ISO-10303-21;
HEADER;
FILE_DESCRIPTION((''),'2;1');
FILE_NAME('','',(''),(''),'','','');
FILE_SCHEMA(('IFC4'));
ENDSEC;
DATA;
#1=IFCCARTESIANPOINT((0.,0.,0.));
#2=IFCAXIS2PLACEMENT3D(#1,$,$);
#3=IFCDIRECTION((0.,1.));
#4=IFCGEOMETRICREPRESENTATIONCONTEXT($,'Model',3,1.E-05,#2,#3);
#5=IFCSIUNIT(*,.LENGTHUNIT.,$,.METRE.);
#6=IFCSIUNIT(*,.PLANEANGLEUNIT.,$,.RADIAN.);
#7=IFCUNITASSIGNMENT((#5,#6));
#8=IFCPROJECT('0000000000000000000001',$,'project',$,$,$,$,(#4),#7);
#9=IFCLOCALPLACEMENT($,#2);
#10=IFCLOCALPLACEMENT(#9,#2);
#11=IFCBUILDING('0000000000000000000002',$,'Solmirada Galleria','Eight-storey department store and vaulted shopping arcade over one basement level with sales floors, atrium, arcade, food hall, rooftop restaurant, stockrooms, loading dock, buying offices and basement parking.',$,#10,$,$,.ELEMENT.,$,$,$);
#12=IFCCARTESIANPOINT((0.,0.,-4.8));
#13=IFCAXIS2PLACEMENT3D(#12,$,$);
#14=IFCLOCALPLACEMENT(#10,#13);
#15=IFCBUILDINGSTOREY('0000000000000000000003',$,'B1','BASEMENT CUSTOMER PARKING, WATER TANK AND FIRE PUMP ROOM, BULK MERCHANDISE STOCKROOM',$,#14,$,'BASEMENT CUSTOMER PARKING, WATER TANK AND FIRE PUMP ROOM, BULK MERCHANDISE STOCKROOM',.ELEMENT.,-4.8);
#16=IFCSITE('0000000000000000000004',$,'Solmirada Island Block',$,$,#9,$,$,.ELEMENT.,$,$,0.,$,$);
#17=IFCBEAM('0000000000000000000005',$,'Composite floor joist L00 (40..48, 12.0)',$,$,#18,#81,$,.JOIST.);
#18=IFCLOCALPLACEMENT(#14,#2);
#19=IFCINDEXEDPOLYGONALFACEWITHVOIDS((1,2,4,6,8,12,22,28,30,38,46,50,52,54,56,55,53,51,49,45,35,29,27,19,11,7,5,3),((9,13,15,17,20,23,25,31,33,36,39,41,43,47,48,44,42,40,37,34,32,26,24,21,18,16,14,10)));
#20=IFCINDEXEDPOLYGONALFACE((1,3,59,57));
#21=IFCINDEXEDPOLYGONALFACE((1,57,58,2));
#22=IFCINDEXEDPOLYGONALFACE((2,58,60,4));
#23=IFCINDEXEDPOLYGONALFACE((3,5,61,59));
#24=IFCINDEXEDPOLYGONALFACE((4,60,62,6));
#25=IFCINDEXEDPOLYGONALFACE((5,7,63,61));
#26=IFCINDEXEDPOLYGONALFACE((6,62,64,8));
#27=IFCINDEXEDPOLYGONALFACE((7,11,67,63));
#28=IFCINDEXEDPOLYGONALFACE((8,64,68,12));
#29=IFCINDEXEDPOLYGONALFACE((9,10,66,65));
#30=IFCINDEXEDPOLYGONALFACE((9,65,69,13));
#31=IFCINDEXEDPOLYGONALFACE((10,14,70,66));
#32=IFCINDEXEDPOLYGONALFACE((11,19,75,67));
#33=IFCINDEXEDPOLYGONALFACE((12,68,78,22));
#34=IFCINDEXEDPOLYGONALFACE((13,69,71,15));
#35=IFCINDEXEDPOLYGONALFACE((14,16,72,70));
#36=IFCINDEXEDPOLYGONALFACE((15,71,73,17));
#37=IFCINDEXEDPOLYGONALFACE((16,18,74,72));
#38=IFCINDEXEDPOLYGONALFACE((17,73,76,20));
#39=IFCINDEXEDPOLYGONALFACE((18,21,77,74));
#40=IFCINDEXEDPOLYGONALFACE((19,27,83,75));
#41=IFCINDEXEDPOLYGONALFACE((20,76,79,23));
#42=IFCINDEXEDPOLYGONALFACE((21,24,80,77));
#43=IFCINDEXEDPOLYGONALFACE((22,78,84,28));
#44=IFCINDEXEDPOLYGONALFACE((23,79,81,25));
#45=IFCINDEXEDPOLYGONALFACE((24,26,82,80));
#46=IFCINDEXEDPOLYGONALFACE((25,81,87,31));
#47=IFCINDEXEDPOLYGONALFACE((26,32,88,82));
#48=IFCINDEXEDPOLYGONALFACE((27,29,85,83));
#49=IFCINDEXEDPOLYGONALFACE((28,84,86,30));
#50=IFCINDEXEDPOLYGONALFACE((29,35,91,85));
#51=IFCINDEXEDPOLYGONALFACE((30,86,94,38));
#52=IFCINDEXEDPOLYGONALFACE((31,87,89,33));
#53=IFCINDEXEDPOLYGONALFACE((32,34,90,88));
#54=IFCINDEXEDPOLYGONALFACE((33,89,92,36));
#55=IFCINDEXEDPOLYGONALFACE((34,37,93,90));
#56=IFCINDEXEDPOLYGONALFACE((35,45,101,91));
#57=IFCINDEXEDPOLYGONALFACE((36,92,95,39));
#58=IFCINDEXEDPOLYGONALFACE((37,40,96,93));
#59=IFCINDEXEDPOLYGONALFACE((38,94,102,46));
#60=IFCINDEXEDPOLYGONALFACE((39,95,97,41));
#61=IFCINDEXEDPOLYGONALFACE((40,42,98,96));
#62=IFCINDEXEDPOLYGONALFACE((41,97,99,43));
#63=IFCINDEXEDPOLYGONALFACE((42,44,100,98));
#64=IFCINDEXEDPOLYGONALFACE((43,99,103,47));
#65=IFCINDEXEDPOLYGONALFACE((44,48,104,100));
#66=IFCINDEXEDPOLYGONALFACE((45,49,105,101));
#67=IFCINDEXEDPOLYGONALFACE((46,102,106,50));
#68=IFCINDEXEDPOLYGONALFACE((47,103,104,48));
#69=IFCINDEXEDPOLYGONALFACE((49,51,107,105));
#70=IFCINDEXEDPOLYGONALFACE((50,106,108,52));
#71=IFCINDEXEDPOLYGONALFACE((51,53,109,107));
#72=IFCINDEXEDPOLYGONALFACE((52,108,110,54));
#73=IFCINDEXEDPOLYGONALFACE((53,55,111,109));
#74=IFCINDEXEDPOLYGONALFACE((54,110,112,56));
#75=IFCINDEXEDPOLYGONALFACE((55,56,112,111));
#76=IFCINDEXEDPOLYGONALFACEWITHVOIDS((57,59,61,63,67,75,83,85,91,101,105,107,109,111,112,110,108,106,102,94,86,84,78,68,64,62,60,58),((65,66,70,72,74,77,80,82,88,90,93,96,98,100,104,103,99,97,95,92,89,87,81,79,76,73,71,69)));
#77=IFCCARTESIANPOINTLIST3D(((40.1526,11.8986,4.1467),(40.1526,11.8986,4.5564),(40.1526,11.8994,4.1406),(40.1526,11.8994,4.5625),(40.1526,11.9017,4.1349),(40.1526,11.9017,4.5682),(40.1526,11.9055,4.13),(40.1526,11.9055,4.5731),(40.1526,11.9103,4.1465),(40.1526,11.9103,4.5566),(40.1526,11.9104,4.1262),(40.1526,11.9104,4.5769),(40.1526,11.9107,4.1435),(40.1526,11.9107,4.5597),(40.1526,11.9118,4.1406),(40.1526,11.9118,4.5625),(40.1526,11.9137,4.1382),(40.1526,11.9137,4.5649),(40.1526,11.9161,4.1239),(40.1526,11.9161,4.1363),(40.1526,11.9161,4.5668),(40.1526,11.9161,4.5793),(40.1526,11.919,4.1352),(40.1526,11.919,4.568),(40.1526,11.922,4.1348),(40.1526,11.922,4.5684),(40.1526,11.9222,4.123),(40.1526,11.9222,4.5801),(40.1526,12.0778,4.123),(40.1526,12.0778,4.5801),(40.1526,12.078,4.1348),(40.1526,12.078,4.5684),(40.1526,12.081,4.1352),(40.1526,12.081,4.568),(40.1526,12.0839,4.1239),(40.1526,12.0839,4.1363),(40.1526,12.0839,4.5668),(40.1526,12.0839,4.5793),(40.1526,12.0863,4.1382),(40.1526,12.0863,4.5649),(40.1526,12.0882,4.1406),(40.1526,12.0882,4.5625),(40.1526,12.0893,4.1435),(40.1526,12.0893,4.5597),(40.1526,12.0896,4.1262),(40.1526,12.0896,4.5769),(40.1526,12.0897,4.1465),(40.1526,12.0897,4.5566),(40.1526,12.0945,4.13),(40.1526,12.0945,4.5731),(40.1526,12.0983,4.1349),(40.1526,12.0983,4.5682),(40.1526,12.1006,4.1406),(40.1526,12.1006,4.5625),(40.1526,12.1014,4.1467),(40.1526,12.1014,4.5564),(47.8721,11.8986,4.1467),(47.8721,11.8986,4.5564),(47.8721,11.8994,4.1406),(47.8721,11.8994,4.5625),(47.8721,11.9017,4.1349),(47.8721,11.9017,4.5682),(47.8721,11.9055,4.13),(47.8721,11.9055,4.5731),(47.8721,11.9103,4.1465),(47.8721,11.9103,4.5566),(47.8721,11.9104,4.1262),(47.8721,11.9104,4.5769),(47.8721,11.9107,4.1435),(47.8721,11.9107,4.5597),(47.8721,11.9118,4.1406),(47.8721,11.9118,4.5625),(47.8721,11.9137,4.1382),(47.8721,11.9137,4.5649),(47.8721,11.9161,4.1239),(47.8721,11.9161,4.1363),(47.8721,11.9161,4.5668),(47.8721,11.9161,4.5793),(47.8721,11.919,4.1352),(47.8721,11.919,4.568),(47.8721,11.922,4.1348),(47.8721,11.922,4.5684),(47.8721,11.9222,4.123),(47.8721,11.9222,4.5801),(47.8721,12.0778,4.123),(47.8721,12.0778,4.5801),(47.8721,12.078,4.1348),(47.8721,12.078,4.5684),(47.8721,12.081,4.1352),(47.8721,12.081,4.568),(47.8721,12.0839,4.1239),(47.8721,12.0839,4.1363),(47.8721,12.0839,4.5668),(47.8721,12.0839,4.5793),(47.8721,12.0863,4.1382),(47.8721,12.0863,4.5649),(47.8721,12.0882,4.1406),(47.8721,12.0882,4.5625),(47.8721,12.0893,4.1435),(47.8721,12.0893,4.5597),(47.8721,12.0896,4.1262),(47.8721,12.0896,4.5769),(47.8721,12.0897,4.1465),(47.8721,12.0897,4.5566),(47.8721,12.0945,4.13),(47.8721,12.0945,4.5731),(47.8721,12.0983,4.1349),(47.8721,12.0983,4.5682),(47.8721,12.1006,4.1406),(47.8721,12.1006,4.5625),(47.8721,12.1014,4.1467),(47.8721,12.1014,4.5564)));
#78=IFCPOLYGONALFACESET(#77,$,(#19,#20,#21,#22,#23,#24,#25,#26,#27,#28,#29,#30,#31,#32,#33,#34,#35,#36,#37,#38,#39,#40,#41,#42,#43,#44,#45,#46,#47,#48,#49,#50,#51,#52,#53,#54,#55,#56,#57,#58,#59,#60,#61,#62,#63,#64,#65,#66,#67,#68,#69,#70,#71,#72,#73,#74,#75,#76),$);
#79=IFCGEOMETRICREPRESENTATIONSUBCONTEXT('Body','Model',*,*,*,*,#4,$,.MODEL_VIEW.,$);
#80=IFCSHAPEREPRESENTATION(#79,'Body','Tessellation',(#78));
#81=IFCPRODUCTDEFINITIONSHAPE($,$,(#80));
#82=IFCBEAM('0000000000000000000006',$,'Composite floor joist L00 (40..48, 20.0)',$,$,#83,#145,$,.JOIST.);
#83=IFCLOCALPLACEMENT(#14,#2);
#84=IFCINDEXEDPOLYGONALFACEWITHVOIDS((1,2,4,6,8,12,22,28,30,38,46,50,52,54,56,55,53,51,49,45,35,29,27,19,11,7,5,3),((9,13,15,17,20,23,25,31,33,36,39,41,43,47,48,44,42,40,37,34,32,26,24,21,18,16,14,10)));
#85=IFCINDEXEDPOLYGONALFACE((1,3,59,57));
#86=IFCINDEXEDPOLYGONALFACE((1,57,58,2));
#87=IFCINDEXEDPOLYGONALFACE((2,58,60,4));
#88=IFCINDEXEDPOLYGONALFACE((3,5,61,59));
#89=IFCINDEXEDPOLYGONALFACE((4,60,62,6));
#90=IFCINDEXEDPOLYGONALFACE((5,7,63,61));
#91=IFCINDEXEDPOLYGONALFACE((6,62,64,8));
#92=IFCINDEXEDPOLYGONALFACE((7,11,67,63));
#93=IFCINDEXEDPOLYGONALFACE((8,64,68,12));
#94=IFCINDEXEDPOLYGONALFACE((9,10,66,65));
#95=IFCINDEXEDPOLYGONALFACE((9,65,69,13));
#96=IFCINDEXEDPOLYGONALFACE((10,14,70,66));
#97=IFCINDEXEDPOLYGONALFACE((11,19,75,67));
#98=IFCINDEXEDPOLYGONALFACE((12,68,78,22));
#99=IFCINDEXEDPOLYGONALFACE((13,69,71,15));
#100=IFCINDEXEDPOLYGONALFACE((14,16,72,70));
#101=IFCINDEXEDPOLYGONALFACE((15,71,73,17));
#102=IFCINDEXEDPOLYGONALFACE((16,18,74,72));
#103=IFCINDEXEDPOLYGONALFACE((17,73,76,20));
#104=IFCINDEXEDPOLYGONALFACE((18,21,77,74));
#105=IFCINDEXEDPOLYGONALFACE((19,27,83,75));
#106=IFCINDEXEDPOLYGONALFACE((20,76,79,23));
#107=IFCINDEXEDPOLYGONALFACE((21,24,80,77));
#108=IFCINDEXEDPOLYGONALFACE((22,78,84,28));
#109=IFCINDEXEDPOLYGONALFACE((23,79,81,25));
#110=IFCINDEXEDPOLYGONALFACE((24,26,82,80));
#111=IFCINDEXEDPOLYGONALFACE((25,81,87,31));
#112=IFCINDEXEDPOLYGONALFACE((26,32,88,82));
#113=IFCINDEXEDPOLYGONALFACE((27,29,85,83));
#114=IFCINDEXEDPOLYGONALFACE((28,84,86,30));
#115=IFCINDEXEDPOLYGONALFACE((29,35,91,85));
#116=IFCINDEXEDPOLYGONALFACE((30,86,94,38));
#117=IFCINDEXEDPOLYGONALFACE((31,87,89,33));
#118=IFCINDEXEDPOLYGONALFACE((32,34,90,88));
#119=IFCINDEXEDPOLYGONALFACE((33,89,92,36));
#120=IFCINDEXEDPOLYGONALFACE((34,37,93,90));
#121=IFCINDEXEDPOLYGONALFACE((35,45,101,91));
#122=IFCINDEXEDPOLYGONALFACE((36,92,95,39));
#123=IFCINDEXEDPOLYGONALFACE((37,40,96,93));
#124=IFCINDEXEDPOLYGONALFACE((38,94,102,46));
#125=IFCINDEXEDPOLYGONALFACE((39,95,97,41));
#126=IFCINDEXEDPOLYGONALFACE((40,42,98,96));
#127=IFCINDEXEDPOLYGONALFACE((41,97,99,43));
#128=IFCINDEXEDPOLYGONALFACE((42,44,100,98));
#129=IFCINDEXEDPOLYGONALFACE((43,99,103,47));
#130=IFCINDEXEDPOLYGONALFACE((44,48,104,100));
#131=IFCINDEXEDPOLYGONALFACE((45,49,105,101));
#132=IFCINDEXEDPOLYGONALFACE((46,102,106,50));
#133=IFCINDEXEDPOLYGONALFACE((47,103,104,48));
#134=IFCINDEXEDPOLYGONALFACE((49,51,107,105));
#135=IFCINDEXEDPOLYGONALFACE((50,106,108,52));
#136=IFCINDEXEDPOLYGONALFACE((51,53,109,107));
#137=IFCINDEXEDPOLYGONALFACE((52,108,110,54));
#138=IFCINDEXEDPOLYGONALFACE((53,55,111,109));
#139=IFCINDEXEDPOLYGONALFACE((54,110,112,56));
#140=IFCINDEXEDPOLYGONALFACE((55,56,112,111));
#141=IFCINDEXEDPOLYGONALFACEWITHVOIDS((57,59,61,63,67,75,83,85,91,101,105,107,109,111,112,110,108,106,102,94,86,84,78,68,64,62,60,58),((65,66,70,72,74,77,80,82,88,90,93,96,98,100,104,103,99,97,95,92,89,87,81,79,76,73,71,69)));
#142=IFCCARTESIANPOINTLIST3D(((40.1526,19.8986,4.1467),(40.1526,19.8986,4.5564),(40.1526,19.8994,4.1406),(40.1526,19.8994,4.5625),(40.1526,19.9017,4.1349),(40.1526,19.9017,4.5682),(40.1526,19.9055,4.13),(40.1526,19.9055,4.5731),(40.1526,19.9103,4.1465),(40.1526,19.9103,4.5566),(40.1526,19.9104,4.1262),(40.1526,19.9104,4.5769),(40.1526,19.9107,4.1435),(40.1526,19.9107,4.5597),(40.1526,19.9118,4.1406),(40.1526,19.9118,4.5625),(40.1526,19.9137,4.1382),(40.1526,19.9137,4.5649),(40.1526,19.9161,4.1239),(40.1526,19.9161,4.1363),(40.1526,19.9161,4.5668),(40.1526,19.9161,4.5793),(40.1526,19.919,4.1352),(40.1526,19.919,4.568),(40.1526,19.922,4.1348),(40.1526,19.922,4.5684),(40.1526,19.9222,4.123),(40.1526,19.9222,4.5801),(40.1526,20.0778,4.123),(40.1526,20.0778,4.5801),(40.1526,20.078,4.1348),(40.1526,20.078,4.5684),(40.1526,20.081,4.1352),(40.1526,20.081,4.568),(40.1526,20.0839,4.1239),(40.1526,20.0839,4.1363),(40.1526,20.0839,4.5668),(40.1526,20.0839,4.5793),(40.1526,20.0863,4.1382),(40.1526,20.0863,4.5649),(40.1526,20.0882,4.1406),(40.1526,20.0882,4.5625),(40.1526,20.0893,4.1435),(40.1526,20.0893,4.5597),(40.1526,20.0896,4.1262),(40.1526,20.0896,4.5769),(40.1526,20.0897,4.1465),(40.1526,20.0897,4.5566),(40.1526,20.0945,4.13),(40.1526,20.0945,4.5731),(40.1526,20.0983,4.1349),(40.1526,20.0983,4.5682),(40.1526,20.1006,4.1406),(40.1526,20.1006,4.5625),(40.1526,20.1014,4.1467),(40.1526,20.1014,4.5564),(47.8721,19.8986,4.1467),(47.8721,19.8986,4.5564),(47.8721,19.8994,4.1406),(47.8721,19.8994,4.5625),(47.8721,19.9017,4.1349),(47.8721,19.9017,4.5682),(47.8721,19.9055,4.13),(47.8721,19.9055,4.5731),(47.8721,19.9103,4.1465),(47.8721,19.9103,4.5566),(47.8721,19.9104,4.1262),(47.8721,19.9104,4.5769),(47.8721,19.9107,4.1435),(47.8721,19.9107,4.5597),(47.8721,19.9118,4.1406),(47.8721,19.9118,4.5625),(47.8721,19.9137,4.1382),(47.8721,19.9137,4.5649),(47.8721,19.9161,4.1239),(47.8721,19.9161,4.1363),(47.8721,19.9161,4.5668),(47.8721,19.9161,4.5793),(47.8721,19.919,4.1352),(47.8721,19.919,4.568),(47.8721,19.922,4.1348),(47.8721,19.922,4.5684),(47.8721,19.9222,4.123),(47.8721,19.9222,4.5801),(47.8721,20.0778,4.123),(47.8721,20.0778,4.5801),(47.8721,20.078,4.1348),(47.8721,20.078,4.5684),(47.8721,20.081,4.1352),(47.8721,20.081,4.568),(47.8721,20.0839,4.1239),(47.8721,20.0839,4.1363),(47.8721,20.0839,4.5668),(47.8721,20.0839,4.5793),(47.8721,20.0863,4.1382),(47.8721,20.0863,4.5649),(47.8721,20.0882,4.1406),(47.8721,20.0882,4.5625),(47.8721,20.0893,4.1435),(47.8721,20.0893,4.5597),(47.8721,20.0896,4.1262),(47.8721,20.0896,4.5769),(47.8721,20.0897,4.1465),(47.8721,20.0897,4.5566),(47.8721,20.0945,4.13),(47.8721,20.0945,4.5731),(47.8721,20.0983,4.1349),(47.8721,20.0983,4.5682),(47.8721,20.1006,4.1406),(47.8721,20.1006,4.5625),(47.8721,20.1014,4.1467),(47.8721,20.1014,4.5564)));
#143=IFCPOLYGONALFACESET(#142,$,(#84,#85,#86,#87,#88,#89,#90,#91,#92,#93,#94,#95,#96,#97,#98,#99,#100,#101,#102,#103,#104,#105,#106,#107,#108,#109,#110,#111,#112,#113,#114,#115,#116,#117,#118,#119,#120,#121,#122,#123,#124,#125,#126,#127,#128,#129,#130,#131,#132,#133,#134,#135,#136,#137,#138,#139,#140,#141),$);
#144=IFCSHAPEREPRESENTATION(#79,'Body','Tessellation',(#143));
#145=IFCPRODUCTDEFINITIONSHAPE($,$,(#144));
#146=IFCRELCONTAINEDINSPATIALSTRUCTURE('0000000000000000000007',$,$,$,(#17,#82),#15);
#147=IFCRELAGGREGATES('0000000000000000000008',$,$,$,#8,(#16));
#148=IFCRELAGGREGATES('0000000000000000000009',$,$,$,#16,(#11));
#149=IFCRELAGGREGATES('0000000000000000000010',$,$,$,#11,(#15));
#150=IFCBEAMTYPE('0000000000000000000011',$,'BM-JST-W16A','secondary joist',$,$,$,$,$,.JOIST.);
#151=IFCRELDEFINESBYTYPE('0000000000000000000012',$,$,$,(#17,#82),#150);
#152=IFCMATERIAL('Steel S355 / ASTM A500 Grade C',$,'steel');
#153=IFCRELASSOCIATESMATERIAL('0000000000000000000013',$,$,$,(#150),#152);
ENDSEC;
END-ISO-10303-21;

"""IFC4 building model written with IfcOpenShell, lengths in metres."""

from ifc_helpers import new_model, si_unit, direction, frame, origin, origin_2d, place, context, subcontext, project, spatial, hollow_rectangle, extrude, material, material_profile, profile_set, type_object, element, save


model = new_model("IFC4")

# Units and contexts
model_context = context("Model", 3, precision=1e-05, world=origin(), true_north=direction((0.0, 1.0)))
body_context = subcontext(model_context, "Body", "Model", "MODEL_VIEW")
ifc_project = project(units=[si_unit("LENGTHUNIT", "METRE"), si_unit("PLANEANGLEUNIT", "RADIAN")], contexts=[model_context])

# Site, building, storey
site_placement = place(None, origin())
site = spatial("IfcSite", under=ifc_project, at=site_placement, Name="Solmirada Island Block", CompositionType="ELEMENT", RefElevation=0.0)
building_placement = place(site_placement, origin())
building = spatial("IfcBuilding", under=site, at=building_placement, Name="Solmirada Galleria", Description="Eight-storey department store and vaulted shopping arcade over one basement level with sales floors, atrium, arcade, food hall, rooftop restaurant, stockrooms, loading dock, buying offices and basement parking.", CompositionType="ELEMENT")
storey_placement = place(building_placement, frame((0.0, 0.0, -4.8)))
storey = spatial("IfcBuildingStorey", under=building, at=storey_placement, Name="B1", Description="BASEMENT CUSTOMER PARKING, WATER TANK AND FIRE PUMP ROOM, BULK MERCHANDISE STOCKROOM", LongName="BASEMENT CUSTOMER PARKING, WATER TANK AND FIRE PUMP ROOM, BULK MERCHANDISE STOCKROOM", CompositionType="ELEMENT", Elevation=-4.8)

# Shared definitions
ifc_material_1 = material(Name="Steel S355 / ASTM A500 Grade C", Category="steel")

# Beams
ifc_material_profile_1 = material_profile(ifc_material_1, hollow_rectangle(XDim=0.2029, YDim=0.457, WallThickness=0.0117, InnerFilletRadius=0.0117, OuterFilletRadius=0.0237, at=origin_2d()), Name="HSS18X8X1/2")
ifc_profile_set_1 = profile_set([ifc_material_profile_1], Name="Steel S355 / ASTM A500 Grade C")
beam_type_1 = type_object("IfcBeamType", Name="BM-JST-W16A", Description="secondary joist", PredefinedType="JOIST", material=ifc_profile_set_1)
for number, where, z_axis, x_axis, name in (
    (1, (40.1526, 12.0, 4.3516), (1.0, 0.0, 0.0), (0.0, 1.0, 0.0), "Composite floor joist L00 (40..48, 12.0)"),
    (2, (40.1526, 20.0, 4.3516), (1.0, 0.0, 0.0), (0.0, 1.0, 0.0), "Composite floor joist L00 (40..48, 20.0)"),
):
    element("IfcBeam", number, at=place(storey_placement, frame(where, z_axis=z_axis, x_axis=x_axis)), inside=storey, type_object=beam_type_1, Name=name, PredefinedType="JOIST", context=body_context, shape_type="SweptSolid", body=[
        extrude(hollow_rectangle(XDim=0.2029, YDim=0.457, WallThickness=0.0117, InnerFilletRadius=0.0117, OuterFilletRadius=0.0237, at=origin_2d()), origin(), (0.0, 0.0, 1.0), 7.7195),
    ])

save(model, "model.ifc")
